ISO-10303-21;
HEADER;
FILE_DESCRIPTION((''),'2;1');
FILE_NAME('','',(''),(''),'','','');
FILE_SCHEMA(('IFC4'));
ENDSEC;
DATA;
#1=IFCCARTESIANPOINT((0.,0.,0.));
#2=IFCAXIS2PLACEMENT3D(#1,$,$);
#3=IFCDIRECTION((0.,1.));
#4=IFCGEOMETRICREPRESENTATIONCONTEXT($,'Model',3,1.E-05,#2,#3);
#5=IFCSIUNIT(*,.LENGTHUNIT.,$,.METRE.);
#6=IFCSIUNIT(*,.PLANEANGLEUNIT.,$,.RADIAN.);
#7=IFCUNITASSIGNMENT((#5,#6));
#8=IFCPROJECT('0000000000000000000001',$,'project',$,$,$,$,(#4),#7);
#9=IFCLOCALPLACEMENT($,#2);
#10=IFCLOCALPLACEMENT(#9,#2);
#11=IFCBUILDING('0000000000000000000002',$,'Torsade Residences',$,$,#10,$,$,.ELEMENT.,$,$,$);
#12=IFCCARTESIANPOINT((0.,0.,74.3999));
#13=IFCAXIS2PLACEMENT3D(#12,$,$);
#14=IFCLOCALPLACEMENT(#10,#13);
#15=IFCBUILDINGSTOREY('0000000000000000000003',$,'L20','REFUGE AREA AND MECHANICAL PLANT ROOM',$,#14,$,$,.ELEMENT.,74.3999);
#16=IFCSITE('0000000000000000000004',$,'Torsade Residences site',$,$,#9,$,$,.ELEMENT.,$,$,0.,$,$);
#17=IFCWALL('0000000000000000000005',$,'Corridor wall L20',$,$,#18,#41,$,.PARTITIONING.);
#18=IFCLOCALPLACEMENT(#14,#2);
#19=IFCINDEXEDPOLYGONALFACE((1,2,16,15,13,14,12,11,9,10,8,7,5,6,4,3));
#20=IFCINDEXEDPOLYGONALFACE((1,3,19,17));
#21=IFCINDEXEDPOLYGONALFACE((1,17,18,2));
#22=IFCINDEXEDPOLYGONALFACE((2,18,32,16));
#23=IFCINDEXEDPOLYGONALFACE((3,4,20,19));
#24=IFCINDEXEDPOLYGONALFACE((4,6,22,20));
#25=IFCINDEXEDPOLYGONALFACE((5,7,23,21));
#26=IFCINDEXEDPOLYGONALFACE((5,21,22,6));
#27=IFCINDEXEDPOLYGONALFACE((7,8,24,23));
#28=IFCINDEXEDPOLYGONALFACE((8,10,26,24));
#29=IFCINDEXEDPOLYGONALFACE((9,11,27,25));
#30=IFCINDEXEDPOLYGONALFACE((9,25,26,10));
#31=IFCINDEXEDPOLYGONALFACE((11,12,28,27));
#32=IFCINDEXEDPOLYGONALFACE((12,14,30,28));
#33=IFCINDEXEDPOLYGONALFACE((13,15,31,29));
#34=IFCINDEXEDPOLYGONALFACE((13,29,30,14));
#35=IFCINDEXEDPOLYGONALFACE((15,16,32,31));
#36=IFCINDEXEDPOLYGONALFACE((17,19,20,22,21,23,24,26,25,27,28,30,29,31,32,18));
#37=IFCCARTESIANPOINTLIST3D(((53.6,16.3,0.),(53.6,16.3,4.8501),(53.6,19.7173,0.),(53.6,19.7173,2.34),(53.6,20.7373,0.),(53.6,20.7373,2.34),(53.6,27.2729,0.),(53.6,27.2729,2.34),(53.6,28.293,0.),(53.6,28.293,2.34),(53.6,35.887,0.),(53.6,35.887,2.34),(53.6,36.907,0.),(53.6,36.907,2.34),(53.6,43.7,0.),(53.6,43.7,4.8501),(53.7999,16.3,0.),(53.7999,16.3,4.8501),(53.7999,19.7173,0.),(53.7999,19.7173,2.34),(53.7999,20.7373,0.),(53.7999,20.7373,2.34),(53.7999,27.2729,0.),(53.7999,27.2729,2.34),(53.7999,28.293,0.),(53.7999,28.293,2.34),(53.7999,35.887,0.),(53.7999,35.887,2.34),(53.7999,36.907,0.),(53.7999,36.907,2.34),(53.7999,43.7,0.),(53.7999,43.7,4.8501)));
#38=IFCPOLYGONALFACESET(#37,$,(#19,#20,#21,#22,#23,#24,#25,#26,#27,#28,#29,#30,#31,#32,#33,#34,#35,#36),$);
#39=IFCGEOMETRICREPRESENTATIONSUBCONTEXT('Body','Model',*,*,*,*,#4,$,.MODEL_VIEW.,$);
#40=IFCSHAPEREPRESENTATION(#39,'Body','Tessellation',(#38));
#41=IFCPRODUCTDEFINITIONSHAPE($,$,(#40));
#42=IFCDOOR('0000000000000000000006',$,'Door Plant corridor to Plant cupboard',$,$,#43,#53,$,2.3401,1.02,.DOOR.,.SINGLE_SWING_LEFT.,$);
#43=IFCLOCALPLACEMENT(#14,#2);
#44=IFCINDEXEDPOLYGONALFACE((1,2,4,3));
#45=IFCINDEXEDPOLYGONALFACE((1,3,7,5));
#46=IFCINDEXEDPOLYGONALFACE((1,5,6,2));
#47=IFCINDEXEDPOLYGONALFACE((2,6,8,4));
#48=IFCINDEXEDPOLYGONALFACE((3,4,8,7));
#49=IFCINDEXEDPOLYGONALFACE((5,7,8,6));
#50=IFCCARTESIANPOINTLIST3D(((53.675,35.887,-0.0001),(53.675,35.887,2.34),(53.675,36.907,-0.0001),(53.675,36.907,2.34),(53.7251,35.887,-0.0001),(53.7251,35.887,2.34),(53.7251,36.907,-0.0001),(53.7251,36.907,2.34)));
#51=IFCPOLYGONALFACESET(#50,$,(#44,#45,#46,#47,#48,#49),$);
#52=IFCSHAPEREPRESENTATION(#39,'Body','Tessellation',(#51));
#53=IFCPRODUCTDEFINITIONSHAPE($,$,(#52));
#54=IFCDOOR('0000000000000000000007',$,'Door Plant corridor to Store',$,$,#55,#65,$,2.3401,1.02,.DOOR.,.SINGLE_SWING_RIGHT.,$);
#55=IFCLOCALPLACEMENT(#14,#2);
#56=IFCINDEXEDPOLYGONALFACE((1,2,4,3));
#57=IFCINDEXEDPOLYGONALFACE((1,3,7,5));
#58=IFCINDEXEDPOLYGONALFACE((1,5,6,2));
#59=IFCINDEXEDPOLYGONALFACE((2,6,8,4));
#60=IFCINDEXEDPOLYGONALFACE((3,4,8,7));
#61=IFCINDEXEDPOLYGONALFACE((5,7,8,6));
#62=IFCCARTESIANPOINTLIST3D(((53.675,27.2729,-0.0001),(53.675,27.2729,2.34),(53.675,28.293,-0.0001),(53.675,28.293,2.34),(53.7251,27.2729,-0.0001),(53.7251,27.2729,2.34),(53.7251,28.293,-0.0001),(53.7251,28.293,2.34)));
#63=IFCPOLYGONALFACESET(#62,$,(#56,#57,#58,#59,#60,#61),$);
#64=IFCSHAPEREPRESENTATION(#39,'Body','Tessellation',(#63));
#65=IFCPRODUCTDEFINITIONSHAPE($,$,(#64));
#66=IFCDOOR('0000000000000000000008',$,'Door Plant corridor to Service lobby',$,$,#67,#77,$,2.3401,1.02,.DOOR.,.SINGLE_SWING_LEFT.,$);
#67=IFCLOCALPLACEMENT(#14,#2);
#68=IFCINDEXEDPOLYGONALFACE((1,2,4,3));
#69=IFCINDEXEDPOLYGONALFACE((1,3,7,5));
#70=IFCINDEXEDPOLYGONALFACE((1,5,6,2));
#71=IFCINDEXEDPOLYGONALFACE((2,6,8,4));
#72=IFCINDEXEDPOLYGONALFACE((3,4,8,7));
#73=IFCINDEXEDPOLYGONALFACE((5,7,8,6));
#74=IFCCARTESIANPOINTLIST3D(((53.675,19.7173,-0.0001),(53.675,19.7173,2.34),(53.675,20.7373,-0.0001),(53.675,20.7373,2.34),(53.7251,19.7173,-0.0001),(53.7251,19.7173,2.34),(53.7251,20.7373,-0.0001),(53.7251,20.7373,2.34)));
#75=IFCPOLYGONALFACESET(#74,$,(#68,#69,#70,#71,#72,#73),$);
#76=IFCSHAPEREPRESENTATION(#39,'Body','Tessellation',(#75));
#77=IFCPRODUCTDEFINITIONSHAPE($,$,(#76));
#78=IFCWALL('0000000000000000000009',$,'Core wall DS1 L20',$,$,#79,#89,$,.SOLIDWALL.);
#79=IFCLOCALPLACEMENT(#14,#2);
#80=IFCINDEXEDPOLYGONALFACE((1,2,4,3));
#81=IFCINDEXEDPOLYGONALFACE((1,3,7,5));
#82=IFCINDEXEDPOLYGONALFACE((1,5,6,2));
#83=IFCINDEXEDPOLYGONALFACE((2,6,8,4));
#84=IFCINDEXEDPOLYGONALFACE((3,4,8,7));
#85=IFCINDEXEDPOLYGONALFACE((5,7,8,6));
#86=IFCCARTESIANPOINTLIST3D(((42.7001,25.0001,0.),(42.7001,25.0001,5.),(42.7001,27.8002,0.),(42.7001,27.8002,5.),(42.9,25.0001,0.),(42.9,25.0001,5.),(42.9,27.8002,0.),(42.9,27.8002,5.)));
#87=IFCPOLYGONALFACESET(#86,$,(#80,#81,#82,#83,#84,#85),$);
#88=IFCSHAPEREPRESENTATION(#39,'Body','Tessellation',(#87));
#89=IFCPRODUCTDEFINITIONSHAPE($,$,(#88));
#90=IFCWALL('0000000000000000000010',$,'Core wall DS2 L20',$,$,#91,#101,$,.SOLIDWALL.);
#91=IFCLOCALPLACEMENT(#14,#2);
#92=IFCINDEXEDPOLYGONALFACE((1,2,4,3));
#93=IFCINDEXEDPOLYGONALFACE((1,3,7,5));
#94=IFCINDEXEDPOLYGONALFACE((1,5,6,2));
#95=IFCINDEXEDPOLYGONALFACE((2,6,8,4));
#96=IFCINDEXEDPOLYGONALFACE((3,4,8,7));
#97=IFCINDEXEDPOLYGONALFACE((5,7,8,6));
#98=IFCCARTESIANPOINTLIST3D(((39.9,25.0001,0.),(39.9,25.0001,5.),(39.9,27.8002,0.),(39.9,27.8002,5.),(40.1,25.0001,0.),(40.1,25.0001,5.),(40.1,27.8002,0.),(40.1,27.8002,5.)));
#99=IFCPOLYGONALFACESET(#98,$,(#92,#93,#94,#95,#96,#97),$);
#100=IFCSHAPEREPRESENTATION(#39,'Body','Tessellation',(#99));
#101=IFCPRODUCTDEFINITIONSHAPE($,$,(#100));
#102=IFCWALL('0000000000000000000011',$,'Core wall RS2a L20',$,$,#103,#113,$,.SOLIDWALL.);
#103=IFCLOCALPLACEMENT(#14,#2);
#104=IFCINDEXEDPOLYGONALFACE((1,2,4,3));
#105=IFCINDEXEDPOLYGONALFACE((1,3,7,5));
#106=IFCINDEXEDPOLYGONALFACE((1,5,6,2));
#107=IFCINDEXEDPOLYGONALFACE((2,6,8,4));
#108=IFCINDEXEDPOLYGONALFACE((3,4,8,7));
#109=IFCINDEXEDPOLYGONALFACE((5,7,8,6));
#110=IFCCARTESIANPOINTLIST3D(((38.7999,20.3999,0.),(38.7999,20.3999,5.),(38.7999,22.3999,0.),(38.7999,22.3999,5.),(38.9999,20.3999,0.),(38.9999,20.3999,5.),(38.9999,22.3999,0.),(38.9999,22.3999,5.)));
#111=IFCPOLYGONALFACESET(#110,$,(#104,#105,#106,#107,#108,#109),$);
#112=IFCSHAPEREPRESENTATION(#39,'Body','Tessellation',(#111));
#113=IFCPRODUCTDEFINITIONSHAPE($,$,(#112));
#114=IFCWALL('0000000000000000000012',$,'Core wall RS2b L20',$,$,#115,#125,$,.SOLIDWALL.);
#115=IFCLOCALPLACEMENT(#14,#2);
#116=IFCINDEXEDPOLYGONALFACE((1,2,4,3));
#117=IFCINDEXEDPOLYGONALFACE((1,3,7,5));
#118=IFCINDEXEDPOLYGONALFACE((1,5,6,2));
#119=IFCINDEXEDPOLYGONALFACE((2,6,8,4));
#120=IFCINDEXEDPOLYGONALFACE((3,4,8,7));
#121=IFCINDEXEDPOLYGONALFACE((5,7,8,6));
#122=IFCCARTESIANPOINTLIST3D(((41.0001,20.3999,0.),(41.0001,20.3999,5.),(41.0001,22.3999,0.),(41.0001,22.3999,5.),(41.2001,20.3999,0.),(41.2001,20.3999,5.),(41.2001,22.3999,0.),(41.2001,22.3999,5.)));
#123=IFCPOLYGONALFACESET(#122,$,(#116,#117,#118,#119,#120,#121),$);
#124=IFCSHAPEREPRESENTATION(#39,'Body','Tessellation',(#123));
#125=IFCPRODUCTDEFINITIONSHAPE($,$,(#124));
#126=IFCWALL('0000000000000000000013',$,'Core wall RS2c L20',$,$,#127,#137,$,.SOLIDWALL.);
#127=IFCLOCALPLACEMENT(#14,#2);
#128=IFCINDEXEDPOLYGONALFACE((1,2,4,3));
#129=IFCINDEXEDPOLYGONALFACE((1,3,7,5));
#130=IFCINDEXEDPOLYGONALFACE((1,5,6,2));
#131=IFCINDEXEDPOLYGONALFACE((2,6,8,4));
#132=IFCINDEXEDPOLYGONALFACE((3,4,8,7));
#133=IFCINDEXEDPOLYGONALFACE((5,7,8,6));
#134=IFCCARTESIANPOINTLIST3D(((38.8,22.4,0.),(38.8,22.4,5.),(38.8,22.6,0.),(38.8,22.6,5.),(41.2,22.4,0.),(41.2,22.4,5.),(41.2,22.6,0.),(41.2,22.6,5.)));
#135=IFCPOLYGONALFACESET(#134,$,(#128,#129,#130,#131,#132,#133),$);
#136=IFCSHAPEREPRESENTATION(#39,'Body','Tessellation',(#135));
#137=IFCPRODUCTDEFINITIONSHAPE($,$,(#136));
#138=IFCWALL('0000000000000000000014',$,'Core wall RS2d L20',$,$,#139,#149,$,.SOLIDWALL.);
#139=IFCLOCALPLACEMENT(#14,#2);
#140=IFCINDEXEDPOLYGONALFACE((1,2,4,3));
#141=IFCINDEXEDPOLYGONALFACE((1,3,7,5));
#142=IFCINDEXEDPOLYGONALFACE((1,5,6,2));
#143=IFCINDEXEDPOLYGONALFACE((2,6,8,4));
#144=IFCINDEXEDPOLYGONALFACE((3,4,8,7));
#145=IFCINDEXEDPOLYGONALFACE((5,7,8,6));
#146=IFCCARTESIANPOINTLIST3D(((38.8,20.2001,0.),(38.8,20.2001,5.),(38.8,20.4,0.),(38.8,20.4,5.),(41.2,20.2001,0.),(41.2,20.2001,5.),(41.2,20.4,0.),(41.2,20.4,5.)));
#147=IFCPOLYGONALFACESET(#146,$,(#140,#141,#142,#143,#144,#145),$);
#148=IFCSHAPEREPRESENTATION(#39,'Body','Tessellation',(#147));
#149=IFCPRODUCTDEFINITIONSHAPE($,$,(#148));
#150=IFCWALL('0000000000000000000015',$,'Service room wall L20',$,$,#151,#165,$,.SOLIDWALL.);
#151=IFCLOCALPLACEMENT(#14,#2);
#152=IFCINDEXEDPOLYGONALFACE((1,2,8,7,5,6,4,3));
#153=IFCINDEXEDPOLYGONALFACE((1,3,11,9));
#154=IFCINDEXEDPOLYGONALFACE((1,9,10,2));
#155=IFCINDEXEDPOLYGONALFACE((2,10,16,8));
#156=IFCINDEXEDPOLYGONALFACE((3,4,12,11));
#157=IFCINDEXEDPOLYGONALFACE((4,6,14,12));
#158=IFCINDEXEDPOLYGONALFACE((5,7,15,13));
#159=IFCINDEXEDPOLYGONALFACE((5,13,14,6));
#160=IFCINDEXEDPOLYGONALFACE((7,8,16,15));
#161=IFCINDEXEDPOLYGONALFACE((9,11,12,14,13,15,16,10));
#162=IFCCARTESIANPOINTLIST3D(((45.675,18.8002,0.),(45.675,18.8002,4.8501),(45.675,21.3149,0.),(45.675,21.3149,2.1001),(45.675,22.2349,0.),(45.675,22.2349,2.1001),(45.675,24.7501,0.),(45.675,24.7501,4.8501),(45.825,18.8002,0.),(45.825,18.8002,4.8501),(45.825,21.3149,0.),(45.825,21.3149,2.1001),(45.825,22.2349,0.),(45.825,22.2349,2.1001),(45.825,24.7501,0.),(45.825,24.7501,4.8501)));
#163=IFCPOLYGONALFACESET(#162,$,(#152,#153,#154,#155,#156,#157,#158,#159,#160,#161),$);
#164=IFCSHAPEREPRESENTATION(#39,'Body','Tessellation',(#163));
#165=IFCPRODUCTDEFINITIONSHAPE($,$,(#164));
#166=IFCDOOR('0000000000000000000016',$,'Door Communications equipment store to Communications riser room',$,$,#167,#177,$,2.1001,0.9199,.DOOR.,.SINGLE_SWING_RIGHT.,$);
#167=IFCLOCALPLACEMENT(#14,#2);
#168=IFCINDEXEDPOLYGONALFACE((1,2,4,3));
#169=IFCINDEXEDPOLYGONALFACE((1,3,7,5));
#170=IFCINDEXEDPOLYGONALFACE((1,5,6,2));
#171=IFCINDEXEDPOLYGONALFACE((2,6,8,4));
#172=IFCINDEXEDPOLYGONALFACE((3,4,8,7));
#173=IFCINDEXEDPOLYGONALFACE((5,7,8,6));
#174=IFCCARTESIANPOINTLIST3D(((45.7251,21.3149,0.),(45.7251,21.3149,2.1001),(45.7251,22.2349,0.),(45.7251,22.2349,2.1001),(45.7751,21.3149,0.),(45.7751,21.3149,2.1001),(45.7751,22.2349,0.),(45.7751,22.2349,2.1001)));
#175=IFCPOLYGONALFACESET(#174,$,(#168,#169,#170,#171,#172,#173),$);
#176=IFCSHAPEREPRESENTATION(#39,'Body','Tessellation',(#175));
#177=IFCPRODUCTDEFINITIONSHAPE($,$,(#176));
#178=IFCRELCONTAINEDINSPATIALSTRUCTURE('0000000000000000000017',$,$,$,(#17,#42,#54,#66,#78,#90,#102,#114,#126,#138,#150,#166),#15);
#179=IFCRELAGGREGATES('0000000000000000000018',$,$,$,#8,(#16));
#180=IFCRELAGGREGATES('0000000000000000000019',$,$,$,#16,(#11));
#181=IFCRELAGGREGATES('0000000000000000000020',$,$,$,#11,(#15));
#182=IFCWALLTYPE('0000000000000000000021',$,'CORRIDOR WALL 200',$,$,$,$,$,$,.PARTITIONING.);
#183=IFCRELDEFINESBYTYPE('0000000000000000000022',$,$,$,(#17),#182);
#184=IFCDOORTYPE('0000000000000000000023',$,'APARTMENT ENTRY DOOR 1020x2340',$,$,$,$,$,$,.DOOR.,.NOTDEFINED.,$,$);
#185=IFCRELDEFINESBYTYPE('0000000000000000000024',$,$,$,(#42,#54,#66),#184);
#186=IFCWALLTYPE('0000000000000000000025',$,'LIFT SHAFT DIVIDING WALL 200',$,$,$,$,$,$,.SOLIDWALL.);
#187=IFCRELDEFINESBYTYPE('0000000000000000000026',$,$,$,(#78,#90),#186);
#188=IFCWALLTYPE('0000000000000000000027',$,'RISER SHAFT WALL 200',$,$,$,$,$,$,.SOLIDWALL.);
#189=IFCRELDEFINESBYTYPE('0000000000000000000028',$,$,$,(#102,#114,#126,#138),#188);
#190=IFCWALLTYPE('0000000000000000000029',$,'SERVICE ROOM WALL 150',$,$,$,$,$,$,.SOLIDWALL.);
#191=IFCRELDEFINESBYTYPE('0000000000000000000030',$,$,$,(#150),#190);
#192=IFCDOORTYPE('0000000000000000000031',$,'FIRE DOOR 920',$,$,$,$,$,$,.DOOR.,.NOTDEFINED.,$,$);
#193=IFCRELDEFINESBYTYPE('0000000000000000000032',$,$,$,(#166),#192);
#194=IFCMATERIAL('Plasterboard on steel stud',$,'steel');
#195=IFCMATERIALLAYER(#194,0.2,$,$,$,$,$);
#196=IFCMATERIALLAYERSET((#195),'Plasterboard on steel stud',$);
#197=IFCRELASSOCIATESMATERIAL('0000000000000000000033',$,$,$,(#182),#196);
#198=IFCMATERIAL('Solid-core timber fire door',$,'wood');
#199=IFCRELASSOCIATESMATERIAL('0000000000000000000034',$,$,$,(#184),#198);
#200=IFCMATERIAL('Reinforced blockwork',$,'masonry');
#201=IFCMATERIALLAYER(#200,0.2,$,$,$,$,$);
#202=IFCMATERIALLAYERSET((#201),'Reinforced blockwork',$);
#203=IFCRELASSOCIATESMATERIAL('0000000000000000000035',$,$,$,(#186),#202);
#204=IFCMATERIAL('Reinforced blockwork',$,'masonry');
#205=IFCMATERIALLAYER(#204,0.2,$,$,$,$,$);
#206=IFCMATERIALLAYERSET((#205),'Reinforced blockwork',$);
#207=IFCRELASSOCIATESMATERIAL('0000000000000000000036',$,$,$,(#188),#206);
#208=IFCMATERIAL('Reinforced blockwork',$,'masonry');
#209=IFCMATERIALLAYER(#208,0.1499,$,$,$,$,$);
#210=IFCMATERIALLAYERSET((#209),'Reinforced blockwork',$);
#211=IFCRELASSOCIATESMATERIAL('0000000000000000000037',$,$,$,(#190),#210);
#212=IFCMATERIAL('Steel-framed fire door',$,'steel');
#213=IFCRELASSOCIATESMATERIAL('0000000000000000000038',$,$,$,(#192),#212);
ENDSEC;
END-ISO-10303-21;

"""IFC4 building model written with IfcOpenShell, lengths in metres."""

from ifc_helpers import new_model, si_unit, direction, frame, frame_2d, origin, place, context, subcontext, project, spatial, rectangle, extrude, material, layer, layer_set, type_object, element, fill, save


model = new_model("IFC4")

# Units and contexts
model_context = context("Model", 3, precision=1e-05, world=origin(), true_north=direction((0.0, 1.0)))
body_context = subcontext(model_context, "Body", "Model", "MODEL_VIEW")
ifc_project = project(units=[si_unit("LENGTHUNIT", "METRE"), si_unit("PLANEANGLEUNIT", "RADIAN")], contexts=[model_context])

# Site, building, storey
site_placement = place(None, origin())
site = spatial("IfcSite", under=ifc_project, at=site_placement, Name="Torsade Residences site", CompositionType="ELEMENT", RefElevation=0.0)
building_placement = place(site_placement, origin())
building = spatial("IfcBuilding", under=site, at=building_placement, Name="Torsade Residences", CompositionType="ELEMENT")
storey_placement = place(building_placement, frame((0.0, 0.0, 74.3999)))
storey = spatial("IfcBuildingStorey", under=building, at=storey_placement, Name="L20", Description="REFUGE AREA AND MECHANICAL PLANT ROOM", CompositionType="ELEMENT", Elevation=74.3999)

# Wall, openings, doors
ifc_material_1 = material(Name="Plasterboard on steel stud", Category="steel")
ifc_layer_1 = layer(ifc_material_1, 0.2)
ifc_layer_set_1 = layer_set([ifc_layer_1], Name="Plasterboard on steel stud")
wall_type_1 = type_object("IfcWallType", Name="CORRIDOR WALL 200", PredefinedType="PARTITIONING", material=ifc_layer_set_1)
wall_1_placement = place(storey_placement, frame((53.7, 16.3, 0.0), z_axis=(0.0, 0.0, 1.0), x_axis=(0.0, 1.0, 0.0)))
wall_1 = element("IfcWall", 1, at=wall_1_placement, inside=storey, type_object=wall_type_1, Name="Corridor wall L20", PredefinedType="PARTITIONING", context=body_context, shape_type="SweptSolid", body=[
    extrude(rectangle(XDim=27.3999, YDim=0.2, at=frame_2d((13.7, 0.0))), origin(), (0.0, 0.0, 1.0), 4.8501),
])
opening_1_placement = place(wall_1_placement, frame((19.5869, 0.0, 0.0)))
opening_1 = element("IfcOpeningElement", 2, at=opening_1_placement, cuts=wall_1, PredefinedType="OPENING", context=body_context, shape_type="SweptSolid", body=[
    extrude(rectangle(XDim=1.02, YDim=2.3401, at=frame_2d((0.51, 1.1699))), frame((0.0, 0.1099, 0.0), z_axis=(0.0, -1.0, 0.0), x_axis=(1.0, 0.0, 0.0)), (0.0, 0.0, 1.0), 0.22),
])
opening_2_placement = place(wall_1_placement, frame((10.9729, 0.0, 0.0)))
opening_2 = element("IfcOpeningElement", 3, at=opening_2_placement, cuts=wall_1, PredefinedType="OPENING", context=body_context, shape_type="SweptSolid", body=[
    extrude(rectangle(XDim=1.02, YDim=2.3401, at=frame_2d((0.51, 1.1699))), frame((0.0, 0.1099, 0.0), z_axis=(0.0, -1.0, 0.0), x_axis=(1.0, 0.0, 0.0)), (0.0, 0.0, 1.0), 0.22),
])
opening_3_placement = place(wall_1_placement, frame((3.4172, 0.0, 0.0)))
opening_3 = element("IfcOpeningElement", 4, at=opening_3_placement, cuts=wall_1, PredefinedType="OPENING", context=body_context, shape_type="SweptSolid", body=[
    extrude(rectangle(XDim=1.02, YDim=2.3401, at=frame_2d((0.51, 1.1699))), frame((0.0, 0.1099, 0.0), z_axis=(0.0, -1.0, 0.0), x_axis=(1.0, 0.0, 0.0)), (0.0, 0.0, 1.0), 0.22),
])
ifc_material_2 = material(Name="Solid-core timber fire door", Category="wood")
door_type_1 = type_object("IfcDoorType", Name="APARTMENT ENTRY DOOR 1020x2340", OperationType="NOTDEFINED", PredefinedType="DOOR", material=ifc_material_2)
door_1_placement = place(opening_1_placement, origin())
door_1 = element("IfcDoor", 5, at=door_1_placement, inside=storey, type_object=door_type_1, Name="Door Plant corridor to Plant cupboard", OperationType="SINGLE_SWING_LEFT", OverallHeight=2.3401, OverallWidth=1.02, PredefinedType="DOOR", context=body_context, shape_type="SweptSolid", body=[
    extrude(rectangle(XDim=1.02, YDim=2.3401, at=frame_2d((0.51, 1.1699))), frame((0.0, 0.0249, 0.0), z_axis=(0.0, -1.0, 0.0), x_axis=(1.0, 0.0, 0.0)), (0.0, 0.0, 1.0), 0.05),
])
fill(opening_1, door_1)
door_2_placement = place(opening_2_placement, origin())
door_2 = element("IfcDoor", 6, at=door_2_placement, inside=storey, type_object=door_type_1, Name="Door Plant corridor to Store", OperationType="SINGLE_SWING_RIGHT", OverallHeight=2.3401, OverallWidth=1.02, PredefinedType="DOOR", context=body_context, shape_type="SweptSolid", body=[
    extrude(rectangle(XDim=1.02, YDim=2.3401, at=frame_2d((0.51, 1.1699))), frame((0.0, 0.0249, 0.0), z_axis=(0.0, -1.0, 0.0), x_axis=(1.0, 0.0, 0.0)), (0.0, 0.0, 1.0), 0.05),
])
fill(opening_2, door_2)
door_3_placement = place(opening_3_placement, origin())
door_3 = element("IfcDoor", 7, at=door_3_placement, inside=storey, type_object=door_type_1, Name="Door Plant corridor to Service lobby", OperationType="SINGLE_SWING_LEFT", OverallHeight=2.3401, OverallWidth=1.02, PredefinedType="DOOR", context=body_context, shape_type="SweptSolid", body=[
    extrude(rectangle(XDim=1.02, YDim=2.3401, at=frame_2d((0.51, 1.1699))), frame((0.0, 0.0249, 0.0), z_axis=(0.0, -1.0, 0.0), x_axis=(1.0, 0.0, 0.0)), (0.0, 0.0, 1.0), 0.05),
])
fill(opening_3, door_3)

# Walls
ifc_material_3 = material(Name="Reinforced blockwork", Category="masonry")
ifc_layer_2 = layer(ifc_material_3, 0.2)
ifc_layer_set_2 = layer_set([ifc_layer_2], Name="Reinforced blockwork")
wall_type_2 = type_object("IfcWallType", Name="LIFT SHAFT DIVIDING WALL 200", PredefinedType="SOLIDWALL", material=ifc_layer_set_2)
for number, where, z_axis, x_axis, name in (
    (8, (42.8, 27.8, 0.0), (0.0, 0.0, 1.0), (0.0, -1.0, 0.0), "Core wall DS1 L20"),
    (9, (40.0, 27.8, 0.0), (0.0, 0.0, 1.0), (0.0, -1.0, 0.0), "Core wall DS2 L20"),
):
    element("IfcWall", number, at=place(storey_placement, frame(where, z_axis=z_axis, x_axis=x_axis)), inside=storey, type_object=wall_type_2, Name=name, PredefinedType="SOLIDWALL", context=body_context, shape_type="SweptSolid", body=[
        extrude(rectangle(XDim=2.8, YDim=0.2, at=frame_2d((1.3999, 0.0))), origin(), (0.0, 0.0, 1.0), 5.0),
    ])
ifc_material_4 = material(Name="Reinforced blockwork", Category="masonry")
ifc_layer_3 = layer(ifc_material_4, 0.2)
ifc_layer_set_3 = layer_set([ifc_layer_3], Name="Reinforced blockwork")
wall_type_3 = type_object("IfcWallType", Name="RISER SHAFT WALL 200", PredefinedType="SOLIDWALL", material=ifc_layer_set_3)
for number, where, z_axis, x_axis, name in (
    (10, (38.8999, 22.3999, 0.0), (0.0, 0.0, 1.0), (0.0, -1.0, 0.0), "Core wall RS2a L20"),
    (11, (41.1001, 22.3999, 0.0), (0.0, 0.0, 1.0), (0.0, -1.0, 0.0), "Core wall RS2b L20"),
):
    element("IfcWall", number, at=place(storey_placement, frame(where, z_axis=z_axis, x_axis=x_axis)), inside=storey, type_object=wall_type_3, Name=name, PredefinedType="SOLIDWALL", context=body_context, shape_type="SweptSolid", body=[
        extrude(rectangle(XDim=2.0, YDim=0.2, at=frame_2d((1.0, 0.0))), origin(), (0.0, 0.0, 1.0), 5.0),
    ])
for number, where, z_axis, x_axis, name in (
    (12, (38.8, 22.5, 0.0), (0.0, 0.0, 1.0), (1.0, 0.0, 0.0), "Core wall RS2c L20"),
    (13, (38.8, 20.3, 0.0), (0.0, 0.0, 1.0), (1.0, 0.0, 0.0), "Core wall RS2d L20"),
):
    element("IfcWall", number, at=place(storey_placement, frame(where, z_axis=z_axis, x_axis=x_axis)), inside=storey, type_object=wall_type_3, Name=name, PredefinedType="SOLIDWALL", context=body_context, shape_type="SweptSolid", body=[
        extrude(rectangle(XDim=2.3999, YDim=0.2, at=frame_2d((1.2, 0.0))), origin(), (0.0, 0.0, 1.0), 5.0),
    ])

# Wall, opening, door
ifc_material_5 = material(Name="Reinforced blockwork", Category="masonry")
ifc_layer_4 = layer(ifc_material_5, 0.1499)
ifc_layer_set_4 = layer_set([ifc_layer_4], Name="Reinforced blockwork")
wall_type_4 = type_object("IfcWallType", Name="SERVICE ROOM WALL 150", PredefinedType="SOLIDWALL", material=ifc_layer_set_4)
wall_2_placement = place(storey_placement, frame((45.75, 18.8, 0.0), z_axis=(0.0, 0.0, 1.0), x_axis=(0.0, 1.0, 0.0)))
wall_2 = element("IfcWall", 14, at=wall_2_placement, inside=storey, type_object=wall_type_4, Name="Service room wall L20", PredefinedType="SOLIDWALL", context=body_context, shape_type="SweptSolid", body=[
    extrude(rectangle(XDim=5.95, YDim=0.1499, at=frame_2d((2.9751, 0.0))), origin(), (0.0, 0.0, 1.0), 4.8501),
])
opening_4_placement = place(wall_2_placement, frame((2.5149, 0.0, 0.0)))
opening_4 = element("IfcOpeningElement", 15, at=opening_4_placement, cuts=wall_2, PredefinedType="OPENING", context=body_context, shape_type="SweptSolid", body=[
    extrude(rectangle(XDim=0.9199, YDim=2.1001, at=frame_2d((0.46, 1.05))), frame((0.0, 0.085, 0.0), z_axis=(0.0, -1.0, 0.0), x_axis=(1.0, 0.0, 0.0)), (0.0, 0.0, 1.0), 0.1699),
])
ifc_material_6 = material(Name="Steel-framed fire door", Category="steel")
door_type_2 = type_object("IfcDoorType", Name="FIRE DOOR 920", OperationType="NOTDEFINED", PredefinedType="DOOR", material=ifc_material_6)
door_4_placement = place(opening_4_placement, origin())
door_4 = element("IfcDoor", 16, at=door_4_placement, inside=storey, type_object=door_type_2, Name="Door Communications equipment store to Communications riser room", OperationType="SINGLE_SWING_RIGHT", OverallHeight=2.1001, OverallWidth=0.9199, PredefinedType="DOOR", context=body_context, shape_type="SweptSolid", body=[
    extrude(rectangle(XDim=0.9199, YDim=2.1001, at=frame_2d((0.46, 1.05))), frame((0.0, 0.0249, 0.0), z_axis=(0.0, -1.0, 0.0), x_axis=(1.0, 0.0, 0.0)), (0.0, 0.0, 1.0), 0.05),
])
fill(opening_4, door_4)

save(model, "model.ifc")
